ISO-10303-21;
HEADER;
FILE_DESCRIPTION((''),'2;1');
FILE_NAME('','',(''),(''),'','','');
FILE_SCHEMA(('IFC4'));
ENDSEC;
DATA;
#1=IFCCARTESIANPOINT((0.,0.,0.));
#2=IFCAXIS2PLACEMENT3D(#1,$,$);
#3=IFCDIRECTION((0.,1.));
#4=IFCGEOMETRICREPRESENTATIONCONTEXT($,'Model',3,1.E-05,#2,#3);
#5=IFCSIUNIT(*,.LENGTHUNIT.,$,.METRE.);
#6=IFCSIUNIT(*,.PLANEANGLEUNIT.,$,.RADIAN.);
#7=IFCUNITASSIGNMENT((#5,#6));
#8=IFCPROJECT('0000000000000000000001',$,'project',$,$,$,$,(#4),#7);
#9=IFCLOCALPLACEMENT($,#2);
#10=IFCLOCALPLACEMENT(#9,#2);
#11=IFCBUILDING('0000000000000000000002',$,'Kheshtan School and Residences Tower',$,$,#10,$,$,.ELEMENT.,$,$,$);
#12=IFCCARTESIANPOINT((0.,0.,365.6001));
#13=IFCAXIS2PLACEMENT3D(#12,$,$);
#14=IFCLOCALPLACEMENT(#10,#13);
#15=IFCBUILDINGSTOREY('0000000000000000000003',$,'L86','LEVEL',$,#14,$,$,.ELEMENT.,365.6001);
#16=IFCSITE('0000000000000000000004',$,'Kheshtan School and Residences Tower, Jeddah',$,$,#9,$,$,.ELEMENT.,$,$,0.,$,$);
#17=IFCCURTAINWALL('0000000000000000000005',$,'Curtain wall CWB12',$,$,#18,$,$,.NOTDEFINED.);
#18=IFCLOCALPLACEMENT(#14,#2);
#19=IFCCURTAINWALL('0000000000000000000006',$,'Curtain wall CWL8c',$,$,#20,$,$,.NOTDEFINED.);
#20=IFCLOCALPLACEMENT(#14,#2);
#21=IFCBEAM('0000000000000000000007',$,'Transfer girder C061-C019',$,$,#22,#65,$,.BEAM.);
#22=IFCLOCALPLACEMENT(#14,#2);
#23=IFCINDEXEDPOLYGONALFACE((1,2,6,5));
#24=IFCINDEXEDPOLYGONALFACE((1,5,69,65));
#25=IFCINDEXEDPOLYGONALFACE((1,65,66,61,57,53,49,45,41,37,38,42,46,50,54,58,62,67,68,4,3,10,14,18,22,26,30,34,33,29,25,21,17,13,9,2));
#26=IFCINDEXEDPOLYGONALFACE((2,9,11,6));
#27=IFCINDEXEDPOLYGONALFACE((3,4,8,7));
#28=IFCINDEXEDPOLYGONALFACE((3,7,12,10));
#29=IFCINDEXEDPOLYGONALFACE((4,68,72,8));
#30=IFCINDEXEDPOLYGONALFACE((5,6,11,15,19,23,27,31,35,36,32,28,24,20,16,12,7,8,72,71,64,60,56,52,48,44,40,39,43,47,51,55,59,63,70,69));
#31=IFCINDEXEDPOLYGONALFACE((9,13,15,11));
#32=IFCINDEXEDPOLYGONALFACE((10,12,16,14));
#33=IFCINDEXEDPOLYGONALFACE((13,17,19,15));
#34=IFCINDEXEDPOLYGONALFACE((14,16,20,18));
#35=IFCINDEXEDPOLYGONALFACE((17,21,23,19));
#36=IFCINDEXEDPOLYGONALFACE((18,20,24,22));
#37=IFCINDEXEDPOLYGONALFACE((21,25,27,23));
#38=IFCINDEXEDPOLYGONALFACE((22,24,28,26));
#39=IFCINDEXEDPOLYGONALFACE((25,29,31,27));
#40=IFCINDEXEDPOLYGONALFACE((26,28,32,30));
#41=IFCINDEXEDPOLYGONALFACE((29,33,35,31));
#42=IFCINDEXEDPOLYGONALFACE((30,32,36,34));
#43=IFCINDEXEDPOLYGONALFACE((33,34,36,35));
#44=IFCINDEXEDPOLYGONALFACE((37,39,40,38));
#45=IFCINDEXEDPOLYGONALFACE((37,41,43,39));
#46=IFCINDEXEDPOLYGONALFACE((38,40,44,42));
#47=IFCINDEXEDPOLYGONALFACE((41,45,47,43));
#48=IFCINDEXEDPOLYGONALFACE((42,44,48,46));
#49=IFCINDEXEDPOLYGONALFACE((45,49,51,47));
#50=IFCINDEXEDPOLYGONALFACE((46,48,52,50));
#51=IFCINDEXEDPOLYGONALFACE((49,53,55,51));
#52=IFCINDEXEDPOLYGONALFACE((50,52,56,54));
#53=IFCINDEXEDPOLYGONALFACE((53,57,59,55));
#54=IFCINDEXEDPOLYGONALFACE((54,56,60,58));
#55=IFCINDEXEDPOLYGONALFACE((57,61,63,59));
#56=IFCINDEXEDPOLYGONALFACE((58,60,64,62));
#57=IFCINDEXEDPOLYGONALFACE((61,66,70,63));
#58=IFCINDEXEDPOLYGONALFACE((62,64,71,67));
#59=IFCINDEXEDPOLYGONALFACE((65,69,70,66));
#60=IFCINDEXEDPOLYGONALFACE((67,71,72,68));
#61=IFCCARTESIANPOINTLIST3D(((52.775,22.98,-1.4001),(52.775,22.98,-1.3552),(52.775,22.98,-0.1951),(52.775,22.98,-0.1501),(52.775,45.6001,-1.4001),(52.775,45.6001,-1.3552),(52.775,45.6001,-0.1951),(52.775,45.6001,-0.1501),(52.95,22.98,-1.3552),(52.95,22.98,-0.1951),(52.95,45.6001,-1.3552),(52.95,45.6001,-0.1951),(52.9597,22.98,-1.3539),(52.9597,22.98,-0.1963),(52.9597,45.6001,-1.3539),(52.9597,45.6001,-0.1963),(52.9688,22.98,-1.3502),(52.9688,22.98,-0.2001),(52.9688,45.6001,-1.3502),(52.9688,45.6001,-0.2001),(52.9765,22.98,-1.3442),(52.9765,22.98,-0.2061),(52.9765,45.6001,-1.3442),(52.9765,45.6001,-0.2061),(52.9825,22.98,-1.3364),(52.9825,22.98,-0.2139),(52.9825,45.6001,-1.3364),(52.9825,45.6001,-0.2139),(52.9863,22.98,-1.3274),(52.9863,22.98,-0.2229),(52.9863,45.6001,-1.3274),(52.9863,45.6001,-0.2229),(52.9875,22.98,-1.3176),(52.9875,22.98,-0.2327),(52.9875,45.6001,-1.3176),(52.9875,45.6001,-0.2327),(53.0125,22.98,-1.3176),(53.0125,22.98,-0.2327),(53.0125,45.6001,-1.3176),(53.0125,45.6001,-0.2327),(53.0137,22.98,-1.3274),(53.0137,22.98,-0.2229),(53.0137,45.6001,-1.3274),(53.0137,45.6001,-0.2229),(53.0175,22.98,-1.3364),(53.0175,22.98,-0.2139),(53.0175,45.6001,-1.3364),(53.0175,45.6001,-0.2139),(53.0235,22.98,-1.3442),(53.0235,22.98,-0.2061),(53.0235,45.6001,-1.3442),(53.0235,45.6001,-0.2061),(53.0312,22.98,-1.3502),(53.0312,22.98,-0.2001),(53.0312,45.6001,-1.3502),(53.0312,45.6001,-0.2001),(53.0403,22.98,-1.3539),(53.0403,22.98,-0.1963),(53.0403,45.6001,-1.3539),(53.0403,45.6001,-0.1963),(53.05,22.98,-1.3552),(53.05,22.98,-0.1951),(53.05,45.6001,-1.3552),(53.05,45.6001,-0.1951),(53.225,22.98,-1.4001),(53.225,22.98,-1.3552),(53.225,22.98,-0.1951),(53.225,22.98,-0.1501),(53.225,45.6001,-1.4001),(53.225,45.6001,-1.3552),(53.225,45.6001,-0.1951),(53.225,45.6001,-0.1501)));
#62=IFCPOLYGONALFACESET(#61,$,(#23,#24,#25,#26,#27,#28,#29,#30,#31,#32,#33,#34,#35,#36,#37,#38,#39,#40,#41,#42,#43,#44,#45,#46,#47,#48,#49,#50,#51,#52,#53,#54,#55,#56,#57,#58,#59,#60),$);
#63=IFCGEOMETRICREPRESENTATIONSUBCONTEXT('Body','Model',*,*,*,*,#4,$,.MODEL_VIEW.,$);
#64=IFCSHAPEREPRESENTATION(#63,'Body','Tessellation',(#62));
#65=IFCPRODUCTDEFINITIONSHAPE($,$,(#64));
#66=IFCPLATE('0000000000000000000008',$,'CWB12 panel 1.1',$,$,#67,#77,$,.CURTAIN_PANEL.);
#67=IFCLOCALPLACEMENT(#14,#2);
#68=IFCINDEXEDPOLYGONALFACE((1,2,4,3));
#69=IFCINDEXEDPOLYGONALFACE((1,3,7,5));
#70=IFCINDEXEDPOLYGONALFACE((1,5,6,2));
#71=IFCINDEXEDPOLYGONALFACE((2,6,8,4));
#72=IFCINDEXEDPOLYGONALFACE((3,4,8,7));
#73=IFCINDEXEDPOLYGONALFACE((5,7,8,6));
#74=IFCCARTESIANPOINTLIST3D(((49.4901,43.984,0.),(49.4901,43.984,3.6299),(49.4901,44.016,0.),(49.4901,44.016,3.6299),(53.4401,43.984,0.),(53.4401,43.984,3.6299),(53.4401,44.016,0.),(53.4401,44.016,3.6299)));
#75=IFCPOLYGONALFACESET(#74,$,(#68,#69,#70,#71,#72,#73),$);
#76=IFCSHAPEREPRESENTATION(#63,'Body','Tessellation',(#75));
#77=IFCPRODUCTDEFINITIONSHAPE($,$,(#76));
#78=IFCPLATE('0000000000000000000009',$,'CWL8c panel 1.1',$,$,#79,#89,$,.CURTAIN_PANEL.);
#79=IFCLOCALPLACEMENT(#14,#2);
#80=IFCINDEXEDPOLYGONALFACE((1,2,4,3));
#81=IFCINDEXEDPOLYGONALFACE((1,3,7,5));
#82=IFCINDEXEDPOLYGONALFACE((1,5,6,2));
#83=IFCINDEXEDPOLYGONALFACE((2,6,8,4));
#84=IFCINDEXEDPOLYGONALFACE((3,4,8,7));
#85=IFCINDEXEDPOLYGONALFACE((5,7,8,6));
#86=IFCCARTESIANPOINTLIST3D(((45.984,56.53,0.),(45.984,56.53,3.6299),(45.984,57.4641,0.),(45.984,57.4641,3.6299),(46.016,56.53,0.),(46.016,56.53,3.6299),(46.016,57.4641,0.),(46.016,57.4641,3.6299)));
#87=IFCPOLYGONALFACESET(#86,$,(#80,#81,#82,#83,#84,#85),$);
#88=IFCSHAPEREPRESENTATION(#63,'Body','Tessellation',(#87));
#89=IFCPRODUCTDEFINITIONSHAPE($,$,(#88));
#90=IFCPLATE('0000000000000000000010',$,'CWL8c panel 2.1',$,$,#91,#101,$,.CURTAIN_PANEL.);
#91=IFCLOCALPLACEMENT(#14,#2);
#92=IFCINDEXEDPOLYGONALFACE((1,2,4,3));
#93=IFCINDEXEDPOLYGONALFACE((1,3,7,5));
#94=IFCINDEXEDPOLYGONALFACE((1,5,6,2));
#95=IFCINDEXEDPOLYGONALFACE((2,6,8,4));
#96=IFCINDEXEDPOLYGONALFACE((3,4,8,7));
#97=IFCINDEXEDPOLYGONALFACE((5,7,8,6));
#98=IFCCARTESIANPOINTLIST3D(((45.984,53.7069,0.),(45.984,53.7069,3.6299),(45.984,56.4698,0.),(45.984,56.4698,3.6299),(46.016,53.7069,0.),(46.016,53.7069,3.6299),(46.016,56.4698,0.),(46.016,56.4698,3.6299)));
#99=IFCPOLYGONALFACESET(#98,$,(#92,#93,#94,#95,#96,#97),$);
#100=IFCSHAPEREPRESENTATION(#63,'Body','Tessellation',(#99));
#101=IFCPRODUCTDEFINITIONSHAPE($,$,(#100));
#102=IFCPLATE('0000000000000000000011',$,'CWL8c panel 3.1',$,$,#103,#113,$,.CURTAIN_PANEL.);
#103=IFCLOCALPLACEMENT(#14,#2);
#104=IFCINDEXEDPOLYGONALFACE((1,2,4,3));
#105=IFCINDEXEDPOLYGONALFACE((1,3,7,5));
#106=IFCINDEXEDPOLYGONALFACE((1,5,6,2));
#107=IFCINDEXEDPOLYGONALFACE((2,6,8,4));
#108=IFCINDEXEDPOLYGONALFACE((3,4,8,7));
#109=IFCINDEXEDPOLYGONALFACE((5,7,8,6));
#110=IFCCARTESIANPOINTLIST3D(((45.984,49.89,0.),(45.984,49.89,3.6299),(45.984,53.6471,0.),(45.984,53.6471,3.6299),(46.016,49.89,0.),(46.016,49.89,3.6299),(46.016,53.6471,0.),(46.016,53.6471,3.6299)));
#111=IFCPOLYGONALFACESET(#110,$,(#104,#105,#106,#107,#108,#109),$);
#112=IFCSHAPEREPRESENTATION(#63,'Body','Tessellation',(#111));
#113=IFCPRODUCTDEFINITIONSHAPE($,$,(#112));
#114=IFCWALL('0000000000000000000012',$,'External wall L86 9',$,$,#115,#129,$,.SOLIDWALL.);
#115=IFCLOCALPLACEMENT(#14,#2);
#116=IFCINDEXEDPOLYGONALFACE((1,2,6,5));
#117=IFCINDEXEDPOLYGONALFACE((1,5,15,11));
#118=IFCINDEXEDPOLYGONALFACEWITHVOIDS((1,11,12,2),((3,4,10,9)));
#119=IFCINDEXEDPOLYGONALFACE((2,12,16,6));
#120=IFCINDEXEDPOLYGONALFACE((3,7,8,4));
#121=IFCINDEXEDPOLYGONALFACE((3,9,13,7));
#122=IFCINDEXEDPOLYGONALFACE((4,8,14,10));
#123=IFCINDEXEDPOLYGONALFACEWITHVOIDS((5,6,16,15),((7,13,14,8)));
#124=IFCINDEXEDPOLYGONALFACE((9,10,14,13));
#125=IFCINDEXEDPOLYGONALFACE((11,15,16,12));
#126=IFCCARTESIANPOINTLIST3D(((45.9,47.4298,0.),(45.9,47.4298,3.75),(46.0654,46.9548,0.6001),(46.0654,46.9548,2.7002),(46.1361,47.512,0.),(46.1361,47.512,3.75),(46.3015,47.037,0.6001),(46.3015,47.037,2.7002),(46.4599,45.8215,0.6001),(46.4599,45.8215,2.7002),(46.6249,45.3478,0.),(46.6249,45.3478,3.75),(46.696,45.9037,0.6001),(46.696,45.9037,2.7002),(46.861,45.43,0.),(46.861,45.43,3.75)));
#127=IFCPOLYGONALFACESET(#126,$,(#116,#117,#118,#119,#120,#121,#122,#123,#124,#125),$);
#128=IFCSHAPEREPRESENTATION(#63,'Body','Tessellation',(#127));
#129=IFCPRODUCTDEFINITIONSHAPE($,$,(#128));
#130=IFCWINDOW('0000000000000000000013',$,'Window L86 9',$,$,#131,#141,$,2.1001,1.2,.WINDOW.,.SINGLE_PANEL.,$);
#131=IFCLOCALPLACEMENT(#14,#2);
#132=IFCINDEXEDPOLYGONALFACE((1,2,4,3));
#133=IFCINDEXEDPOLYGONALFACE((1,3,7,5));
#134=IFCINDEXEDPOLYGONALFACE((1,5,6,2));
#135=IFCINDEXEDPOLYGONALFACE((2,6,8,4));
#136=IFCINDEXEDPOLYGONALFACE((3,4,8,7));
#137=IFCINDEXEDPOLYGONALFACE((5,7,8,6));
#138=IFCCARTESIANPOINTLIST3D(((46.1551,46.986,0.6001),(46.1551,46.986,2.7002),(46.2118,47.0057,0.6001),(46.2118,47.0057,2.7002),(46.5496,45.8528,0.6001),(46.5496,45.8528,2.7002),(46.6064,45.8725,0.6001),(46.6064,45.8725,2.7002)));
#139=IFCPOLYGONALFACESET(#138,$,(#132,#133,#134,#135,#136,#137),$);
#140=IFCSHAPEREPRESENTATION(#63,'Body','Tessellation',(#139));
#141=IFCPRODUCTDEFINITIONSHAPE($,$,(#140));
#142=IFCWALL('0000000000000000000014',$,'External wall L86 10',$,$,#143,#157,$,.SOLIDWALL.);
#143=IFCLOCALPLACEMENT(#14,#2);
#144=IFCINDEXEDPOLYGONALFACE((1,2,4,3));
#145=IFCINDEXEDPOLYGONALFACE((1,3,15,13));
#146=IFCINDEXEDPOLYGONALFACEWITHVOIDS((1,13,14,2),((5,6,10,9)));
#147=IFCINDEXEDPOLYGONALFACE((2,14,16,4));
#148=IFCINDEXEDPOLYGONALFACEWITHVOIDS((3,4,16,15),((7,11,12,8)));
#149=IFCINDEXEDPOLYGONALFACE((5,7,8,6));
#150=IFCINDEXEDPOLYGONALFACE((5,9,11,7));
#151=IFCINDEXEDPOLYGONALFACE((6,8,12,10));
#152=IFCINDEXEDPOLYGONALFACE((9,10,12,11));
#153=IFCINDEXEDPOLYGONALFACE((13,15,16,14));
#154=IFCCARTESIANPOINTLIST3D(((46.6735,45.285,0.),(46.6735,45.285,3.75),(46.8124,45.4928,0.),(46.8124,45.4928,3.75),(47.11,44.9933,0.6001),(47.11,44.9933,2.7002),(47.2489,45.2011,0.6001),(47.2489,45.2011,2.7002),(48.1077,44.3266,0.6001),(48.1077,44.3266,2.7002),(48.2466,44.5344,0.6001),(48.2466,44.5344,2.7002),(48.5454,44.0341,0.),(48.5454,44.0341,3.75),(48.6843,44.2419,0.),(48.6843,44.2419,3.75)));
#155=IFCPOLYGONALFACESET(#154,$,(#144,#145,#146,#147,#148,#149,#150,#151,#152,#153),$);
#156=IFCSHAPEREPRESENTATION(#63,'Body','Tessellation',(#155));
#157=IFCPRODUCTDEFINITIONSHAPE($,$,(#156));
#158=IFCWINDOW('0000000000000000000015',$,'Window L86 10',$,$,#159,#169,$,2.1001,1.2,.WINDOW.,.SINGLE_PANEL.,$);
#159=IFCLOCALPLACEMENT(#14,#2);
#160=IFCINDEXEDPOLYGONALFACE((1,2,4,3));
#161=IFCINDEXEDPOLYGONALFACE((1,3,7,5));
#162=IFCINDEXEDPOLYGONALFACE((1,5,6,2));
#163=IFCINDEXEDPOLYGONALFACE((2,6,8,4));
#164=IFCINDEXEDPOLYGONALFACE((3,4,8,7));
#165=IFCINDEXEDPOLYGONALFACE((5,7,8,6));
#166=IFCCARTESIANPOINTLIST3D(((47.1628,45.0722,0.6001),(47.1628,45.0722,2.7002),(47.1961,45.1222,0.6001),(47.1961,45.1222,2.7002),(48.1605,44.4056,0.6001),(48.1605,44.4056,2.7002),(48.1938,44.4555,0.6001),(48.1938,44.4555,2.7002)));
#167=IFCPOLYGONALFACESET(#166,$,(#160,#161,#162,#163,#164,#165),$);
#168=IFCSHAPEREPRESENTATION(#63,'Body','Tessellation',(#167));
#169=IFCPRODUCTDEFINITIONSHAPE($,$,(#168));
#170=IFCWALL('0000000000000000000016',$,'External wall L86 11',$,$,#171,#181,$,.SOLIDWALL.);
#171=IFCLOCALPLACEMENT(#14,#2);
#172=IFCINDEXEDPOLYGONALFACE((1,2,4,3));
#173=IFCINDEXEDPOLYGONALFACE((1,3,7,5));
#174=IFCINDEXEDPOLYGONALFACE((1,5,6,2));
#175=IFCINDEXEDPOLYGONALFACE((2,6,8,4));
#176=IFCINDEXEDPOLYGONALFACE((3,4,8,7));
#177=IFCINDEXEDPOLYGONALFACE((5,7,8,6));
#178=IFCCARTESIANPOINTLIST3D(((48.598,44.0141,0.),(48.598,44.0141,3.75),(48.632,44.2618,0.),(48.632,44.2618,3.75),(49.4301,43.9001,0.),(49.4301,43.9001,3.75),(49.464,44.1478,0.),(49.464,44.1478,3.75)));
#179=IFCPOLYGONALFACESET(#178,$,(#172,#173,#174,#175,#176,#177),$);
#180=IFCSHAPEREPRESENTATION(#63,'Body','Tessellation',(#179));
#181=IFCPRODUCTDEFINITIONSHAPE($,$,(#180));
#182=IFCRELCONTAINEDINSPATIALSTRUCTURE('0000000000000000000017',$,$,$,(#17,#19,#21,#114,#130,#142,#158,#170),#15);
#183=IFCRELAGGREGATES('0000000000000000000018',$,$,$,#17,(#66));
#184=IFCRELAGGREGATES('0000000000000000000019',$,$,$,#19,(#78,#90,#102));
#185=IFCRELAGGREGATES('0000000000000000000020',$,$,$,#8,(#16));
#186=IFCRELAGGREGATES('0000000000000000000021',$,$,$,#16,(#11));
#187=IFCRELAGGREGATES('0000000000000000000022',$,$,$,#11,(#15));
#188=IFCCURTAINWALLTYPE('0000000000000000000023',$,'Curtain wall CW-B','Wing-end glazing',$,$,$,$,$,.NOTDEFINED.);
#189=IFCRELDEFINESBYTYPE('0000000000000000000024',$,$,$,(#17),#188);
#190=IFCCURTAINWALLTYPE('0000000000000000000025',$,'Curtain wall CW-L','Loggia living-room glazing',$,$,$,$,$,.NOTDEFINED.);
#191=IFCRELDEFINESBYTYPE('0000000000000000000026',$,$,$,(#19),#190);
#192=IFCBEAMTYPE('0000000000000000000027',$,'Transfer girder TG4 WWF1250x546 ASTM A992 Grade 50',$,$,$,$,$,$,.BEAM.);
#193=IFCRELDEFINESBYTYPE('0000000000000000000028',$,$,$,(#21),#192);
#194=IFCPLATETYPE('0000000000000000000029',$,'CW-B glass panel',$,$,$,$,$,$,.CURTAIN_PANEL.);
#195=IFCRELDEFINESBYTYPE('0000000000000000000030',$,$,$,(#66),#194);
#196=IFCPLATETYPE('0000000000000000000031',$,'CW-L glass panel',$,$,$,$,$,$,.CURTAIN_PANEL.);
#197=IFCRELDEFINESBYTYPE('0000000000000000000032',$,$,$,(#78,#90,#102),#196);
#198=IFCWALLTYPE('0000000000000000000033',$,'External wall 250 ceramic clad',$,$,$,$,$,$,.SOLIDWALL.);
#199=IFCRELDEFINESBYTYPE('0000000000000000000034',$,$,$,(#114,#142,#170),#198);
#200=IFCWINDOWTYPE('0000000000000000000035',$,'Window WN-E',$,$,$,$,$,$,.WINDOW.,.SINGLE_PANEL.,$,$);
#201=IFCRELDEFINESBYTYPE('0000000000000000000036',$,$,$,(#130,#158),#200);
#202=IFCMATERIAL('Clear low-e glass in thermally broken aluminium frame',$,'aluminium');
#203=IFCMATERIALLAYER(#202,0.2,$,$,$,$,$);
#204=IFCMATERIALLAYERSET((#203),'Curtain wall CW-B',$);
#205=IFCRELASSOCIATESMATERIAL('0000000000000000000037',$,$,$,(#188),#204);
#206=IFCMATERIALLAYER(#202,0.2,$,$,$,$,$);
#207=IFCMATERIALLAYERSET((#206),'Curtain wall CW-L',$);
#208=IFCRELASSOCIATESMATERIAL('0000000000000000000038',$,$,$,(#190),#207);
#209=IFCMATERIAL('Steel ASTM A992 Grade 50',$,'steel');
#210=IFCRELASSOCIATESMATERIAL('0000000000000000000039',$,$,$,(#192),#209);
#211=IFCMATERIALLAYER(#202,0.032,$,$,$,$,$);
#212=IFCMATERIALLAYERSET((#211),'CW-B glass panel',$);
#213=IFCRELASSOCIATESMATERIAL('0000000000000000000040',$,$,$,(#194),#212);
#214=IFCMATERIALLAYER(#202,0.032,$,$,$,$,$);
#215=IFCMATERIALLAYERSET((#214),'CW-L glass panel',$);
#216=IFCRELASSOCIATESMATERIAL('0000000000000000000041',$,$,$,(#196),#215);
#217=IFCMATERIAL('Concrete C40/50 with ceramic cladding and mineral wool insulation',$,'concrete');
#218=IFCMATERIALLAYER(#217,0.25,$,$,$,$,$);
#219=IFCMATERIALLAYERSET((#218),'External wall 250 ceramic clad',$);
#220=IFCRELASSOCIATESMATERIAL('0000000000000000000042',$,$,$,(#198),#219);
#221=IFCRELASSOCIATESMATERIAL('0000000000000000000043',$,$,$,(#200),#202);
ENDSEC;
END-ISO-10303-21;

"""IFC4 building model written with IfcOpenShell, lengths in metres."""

from ifc_helpers import new_model, si_unit, direction, frame, frame_2d, origin, origin_2d, place, context, subcontext, project, spatial, rectangle, i_section, extrude, source, transform, mapped, material, layer, layer_set, material_profile, profile_set, type_object, element, fill, aggregate, save


model = new_model("IFC4")

# Units and contexts
model_context = context("Model", 3, precision=1e-05, world=origin(), true_north=direction((0.0, 1.0)))
body_context = subcontext(model_context, "Body", "Model", "MODEL_VIEW")
ifc_project = project(units=[si_unit("LENGTHUNIT", "METRE"), si_unit("PLANEANGLEUNIT", "RADIAN")], contexts=[model_context])

# Site, building, storey
site_placement = place(None, origin())
site = spatial("IfcSite", under=ifc_project, at=site_placement, Name="Kheshtan School and Residences Tower, Jeddah", CompositionType="ELEMENT", RefElevation=0.0)
building_placement = place(site_placement, origin())
building = spatial("IfcBuilding", under=site, at=building_placement, Name="Kheshtan School and Residences Tower", CompositionType="ELEMENT")
storey_placement = place(building_placement, frame((0.0, 0.0, 365.6001)))
storey = spatial("IfcBuildingStorey", under=building, at=storey_placement, Name="L86", Description="LEVEL", CompositionType="ELEMENT", Elevation=365.6001)

# Shared definitions
ifc_material_1 = material(Name="Steel ASTM A992 Grade 50", Category="steel")

# Curtain walls
ifc_material_2 = material(Name="Clear low-e glass in thermally broken aluminium frame", Category="aluminium")
ifc_layer_1 = layer(ifc_material_2, 0.2)
ifc_layer_set_1 = layer_set([ifc_layer_1], Name="Curtain wall CW-B")
curtain_wall_type_1 = type_object("IfcCurtainWallType", Name="Curtain wall CW-B", Description="Wing-end glazing", PredefinedType="NOTDEFINED", material=ifc_layer_set_1)
curtain_wall_1_placement = place(storey_placement, origin())
curtain_wall_1 = element("IfcCurtainWall", 1, at=curtain_wall_1_placement, inside=storey, type_object=curtain_wall_type_1, Name="Curtain wall CWB12", PredefinedType="NOTDEFINED")
ifc_layer_2 = layer(ifc_material_2, 0.2)
ifc_layer_set_2 = layer_set([ifc_layer_2], Name="Curtain wall CW-L")
curtain_wall_type_2 = type_object("IfcCurtainWallType", Name="Curtain wall CW-L", Description="Loggia living-room glazing", PredefinedType="NOTDEFINED", material=ifc_layer_set_2)
curtain_wall_2_placement = place(storey_placement, origin())
curtain_wall_2 = element("IfcCurtainWall", 2, at=curtain_wall_2_placement, inside=storey, type_object=curtain_wall_type_2, Name="Curtain wall CWL8c", PredefinedType="NOTDEFINED")

# Beam
ifc_material_profile_1 = material_profile(ifc_material_1, i_section(OverallWidth=0.45, OverallDepth=1.25, WebThickness=0.0249, FlangeThickness=0.0449, FilletRadius=0.0376, at=origin_2d()), Name="WWF1250x546")
ifc_profile_set_1 = profile_set([ifc_material_profile_1], Name="Steel ASTM A992 Grade 50")
beam_type_1 = type_object("IfcBeamType", Name="Transfer girder TG4 WWF1250x546 ASTM A992 Grade 50", PredefinedType="BEAM", material=ifc_profile_set_1)
beam_1_placement = place(storey_placement, frame((53.0, 45.6001, -0.7751), z_axis=(0.0, -1.0, 0.0), x_axis=(1.0, 0.0, 0.0)))
element("IfcBeam", 3, at=beam_1_placement, inside=storey, type_object=beam_type_1, Name="Transfer girder C061-C019", PredefinedType="BEAM", context=body_context, shape_type="SweptSolid", body=[
    extrude(i_section(OverallWidth=0.45, OverallDepth=1.25, WebThickness=0.0249, FlangeThickness=0.0449, FilletRadius=0.0376, at=origin_2d()), origin(), (0.0, 0.0, 1.0), 22.6201),
])

# Plates
ifc_layer_3 = layer(ifc_material_2, 0.032)
ifc_layer_set_3 = layer_set([ifc_layer_3], Name="CW-B glass panel")
plate_type_1 = type_object("IfcPlateType", Name="CW-B glass panel", PredefinedType="CURTAIN_PANEL", material=ifc_layer_set_3)
plate_1_placement = place(storey_placement, frame((51.4651, 44.0, 0.0), z_axis=(0.0, 0.0, 1.0), x_axis=(1.0, 0.0, 0.0)))
plate_1 = element("IfcPlate", 4, at=plate_1_placement, type_object=plate_type_1, Name="CWB12 panel 1.1", PredefinedType="CURTAIN_PANEL", context=body_context, shape_type="SweptSolid", body=[
    extrude(rectangle(XDim=3.95, YDim=0.032, at=origin_2d()), origin(), (0.0, 0.0, 1.0), 3.6299),
])
aggregate(curtain_wall_1, [plate_1])
ifc_layer_4 = layer(ifc_material_2, 0.032)
ifc_layer_set_4 = layer_set([ifc_layer_4], Name="CW-L glass panel")
plate_type_2 = type_object("IfcPlateType", Name="CW-L glass panel", PredefinedType="CURTAIN_PANEL", material=ifc_layer_set_4)
plate_2_placement = place(storey_placement, frame((46.0, 56.9971, 0.0), z_axis=(0.0, 0.0, 1.0), x_axis=(0.0, -1.0, 0.0)))
plate_2 = element("IfcPlate", 5, at=plate_2_placement, type_object=plate_type_2, Name="CWL8c panel 1.1", PredefinedType="CURTAIN_PANEL", context=body_context, shape_type="SweptSolid", body=[
    extrude(rectangle(XDim=0.9341, YDim=0.032, at=origin_2d()), origin(), (0.0, 0.0, 1.0), 3.6299),
])
plate_3_placement = place(storey_placement, frame((46.0, 55.0884, 0.0), z_axis=(0.0, 0.0, 1.0), x_axis=(0.0, -1.0, 0.0)))
plate_3 = element("IfcPlate", 6, at=plate_3_placement, type_object=plate_type_2, Name="CWL8c panel 2.1", PredefinedType="CURTAIN_PANEL", context=body_context, shape_type="SweptSolid", body=[
    extrude(rectangle(XDim=2.7629, YDim=0.032, at=origin_2d()), origin(), (0.0, 0.0, 1.0), 3.6299),
])
plate_4_placement = place(storey_placement, frame((46.0, 51.7686, 0.0), z_axis=(0.0, 0.0, 1.0), x_axis=(0.0, -1.0, 0.0)))
plate_4 = element("IfcPlate", 7, at=plate_4_placement, type_object=plate_type_2, Name="CWL8c panel 3.1", PredefinedType="CURTAIN_PANEL", context=body_context, shape_type="SweptSolid", body=[
    extrude(rectangle(XDim=3.7571, YDim=0.032, at=origin_2d()), origin(), (0.0, 0.0, 1.0), 3.6299),
])
aggregate(curtain_wall_2, [plate_2, plate_3, plate_4])

# Walls, openings, windows
ifc_material_3 = material(Name="Concrete C40/50 with ceramic cladding and mineral wool insulation", Category="concrete")
ifc_layer_5 = layer(ifc_material_3, 0.25)
ifc_layer_set_5 = layer_set([ifc_layer_5], Name="External wall 250 ceramic clad")
wall_type_1 = type_object("IfcWallType", Name="External wall 250 ceramic clad", PredefinedType="SOLIDWALL", material=ifc_layer_set_5)
wall_1_placement = place(storey_placement, frame((46.0181, 47.4709, 0.0), z_axis=(0.0, 0.0, 1.0), x_axis=(0.328791, -0.944403, 0.0)))
wall_1 = element("IfcWall", 8, at=wall_1_placement, inside=storey, type_object=wall_type_1, Name="External wall L86 9", PredefinedType="SOLIDWALL", context=body_context, shape_type="SweptSolid", body=[
    extrude(rectangle(XDim=2.2046, YDim=0.25, at=frame_2d((1.1023, 0.0))), origin(), (0.0, 0.0, 1.0), 3.75),
])
opening_1_placement = place(wall_1_placement, frame((0.5029, 0.0, 0.6001)))
opening_1 = element("IfcOpeningElement", 9, at=opening_1_placement, cuts=wall_1, PredefinedType="OPENING", context=body_context, shape_type="SweptSolid", body=[
    extrude(rectangle(XDim=1.2, YDim=2.1001, at=frame_2d((0.6001, 1.05))), frame((0.0, 0.135, 0.0), z_axis=(0.0, -1.0, 0.0), x_axis=(1.0, 0.0, 0.0)), (0.0, 0.0, 1.0), 0.27),
])
window_type = type_object("IfcWindowType", Name="Window WN-E", PartitioningType="SINGLE_PANEL", PredefinedType="WINDOW", material=ifc_material_2)
shared_shape_1 = source(origin(), body_context, "Body", "SweptSolid", [
    extrude(rectangle(XDim=1.2, YDim=2.1001, at=frame_2d((0.6001, 1.05))), frame((0.0, 0.03, 0.0), z_axis=(0.0, -1.0, 0.0), x_axis=(1.0, 0.0, 0.0)), (0.0, 0.0, 1.0), 0.0601),
])
window_1_placement = place(opening_1_placement, origin())
window_1 = element("IfcWindow", 10, at=window_1_placement, inside=storey, type_object=window_type, Name="Window L86 9", OverallHeight=2.1001, OverallWidth=1.2, PartitioningType="SINGLE_PANEL", PredefinedType="WINDOW", context=body_context, shape_type="MappedRepresentation", body=[
    mapped(shared_shape_1, transform((0.0, 0.0, 0.0), x_axis=(1.0, 0.0, 0.0), y_axis=(0.0, 1.0, 0.0), z_axis=(0.0, 0.0, 1.0), scale=1.0)),
])
fill(opening_1, window_1)
wall_2_placement = place(storey_placement, frame((46.7429, 45.3889, 0.0), z_axis=(0.0, 0.0, 1.0), x_axis=(0.831449, -0.555601, 0.0)))
wall_2 = element("IfcWall", 11, at=wall_2_placement, inside=storey, type_object=wall_type_1, Name="External wall L86 10", PredefinedType="SOLIDWALL", context=body_context, shape_type="SweptSolid", body=[
    extrude(rectangle(XDim=2.2515, YDim=0.25, at=frame_2d((1.1257, 0.0))), origin(), (0.0, 0.0, 1.0), 3.75),
])
opening_2_placement = place(wall_2_placement, frame((0.5249, 0.0, 0.6001)))
opening_2 = element("IfcOpeningElement", 12, at=opening_2_placement, cuts=wall_2, PredefinedType="OPENING", context=body_context, shape_type="SweptSolid", body=[
    extrude(rectangle(XDim=1.2, YDim=2.1001, at=frame_2d((0.6001, 1.05))), frame((0.0, 0.135, 0.0), z_axis=(0.0, -1.0, 0.0), x_axis=(1.0, 0.0, 0.0)), (0.0, 0.0, 1.0), 0.27),
])
window_2_placement = place(opening_2_placement, origin())
window_2 = element("IfcWindow", 13, at=window_2_placement, inside=storey, type_object=window_type, Name="Window L86 10", OverallHeight=2.1001, OverallWidth=1.2, PartitioningType="SINGLE_PANEL", PredefinedType="WINDOW", context=body_context, shape_type="MappedRepresentation", body=[
    mapped(shared_shape_1, transform((0.0, 0.0, 0.0), x_axis=(1.0, 0.0, 0.0), y_axis=(0.0, 1.0, 0.0), z_axis=(0.0, 0.0, 1.0), scale=1.0)),
])
fill(opening_2, window_2)

# Wall
wall_3_placement = place(storey_placement, frame((48.615, 44.1379, 0.0), z_axis=(0.0, 0.0, 1.0), x_axis=(0.990742, -0.135762, 0.0)))
element("IfcWall", 14, at=wall_3_placement, inside=storey, type_object=wall_type_1, Name="External wall L86 11", PredefinedType="SOLIDWALL", context=body_context, shape_type="SweptSolid", body=[
    extrude(rectangle(XDim=0.8398, YDim=0.25, at=frame_2d((0.4199, 0.0))), origin(), (0.0, 0.0, 1.0), 3.75),
])

save(model, "model.ifc")
